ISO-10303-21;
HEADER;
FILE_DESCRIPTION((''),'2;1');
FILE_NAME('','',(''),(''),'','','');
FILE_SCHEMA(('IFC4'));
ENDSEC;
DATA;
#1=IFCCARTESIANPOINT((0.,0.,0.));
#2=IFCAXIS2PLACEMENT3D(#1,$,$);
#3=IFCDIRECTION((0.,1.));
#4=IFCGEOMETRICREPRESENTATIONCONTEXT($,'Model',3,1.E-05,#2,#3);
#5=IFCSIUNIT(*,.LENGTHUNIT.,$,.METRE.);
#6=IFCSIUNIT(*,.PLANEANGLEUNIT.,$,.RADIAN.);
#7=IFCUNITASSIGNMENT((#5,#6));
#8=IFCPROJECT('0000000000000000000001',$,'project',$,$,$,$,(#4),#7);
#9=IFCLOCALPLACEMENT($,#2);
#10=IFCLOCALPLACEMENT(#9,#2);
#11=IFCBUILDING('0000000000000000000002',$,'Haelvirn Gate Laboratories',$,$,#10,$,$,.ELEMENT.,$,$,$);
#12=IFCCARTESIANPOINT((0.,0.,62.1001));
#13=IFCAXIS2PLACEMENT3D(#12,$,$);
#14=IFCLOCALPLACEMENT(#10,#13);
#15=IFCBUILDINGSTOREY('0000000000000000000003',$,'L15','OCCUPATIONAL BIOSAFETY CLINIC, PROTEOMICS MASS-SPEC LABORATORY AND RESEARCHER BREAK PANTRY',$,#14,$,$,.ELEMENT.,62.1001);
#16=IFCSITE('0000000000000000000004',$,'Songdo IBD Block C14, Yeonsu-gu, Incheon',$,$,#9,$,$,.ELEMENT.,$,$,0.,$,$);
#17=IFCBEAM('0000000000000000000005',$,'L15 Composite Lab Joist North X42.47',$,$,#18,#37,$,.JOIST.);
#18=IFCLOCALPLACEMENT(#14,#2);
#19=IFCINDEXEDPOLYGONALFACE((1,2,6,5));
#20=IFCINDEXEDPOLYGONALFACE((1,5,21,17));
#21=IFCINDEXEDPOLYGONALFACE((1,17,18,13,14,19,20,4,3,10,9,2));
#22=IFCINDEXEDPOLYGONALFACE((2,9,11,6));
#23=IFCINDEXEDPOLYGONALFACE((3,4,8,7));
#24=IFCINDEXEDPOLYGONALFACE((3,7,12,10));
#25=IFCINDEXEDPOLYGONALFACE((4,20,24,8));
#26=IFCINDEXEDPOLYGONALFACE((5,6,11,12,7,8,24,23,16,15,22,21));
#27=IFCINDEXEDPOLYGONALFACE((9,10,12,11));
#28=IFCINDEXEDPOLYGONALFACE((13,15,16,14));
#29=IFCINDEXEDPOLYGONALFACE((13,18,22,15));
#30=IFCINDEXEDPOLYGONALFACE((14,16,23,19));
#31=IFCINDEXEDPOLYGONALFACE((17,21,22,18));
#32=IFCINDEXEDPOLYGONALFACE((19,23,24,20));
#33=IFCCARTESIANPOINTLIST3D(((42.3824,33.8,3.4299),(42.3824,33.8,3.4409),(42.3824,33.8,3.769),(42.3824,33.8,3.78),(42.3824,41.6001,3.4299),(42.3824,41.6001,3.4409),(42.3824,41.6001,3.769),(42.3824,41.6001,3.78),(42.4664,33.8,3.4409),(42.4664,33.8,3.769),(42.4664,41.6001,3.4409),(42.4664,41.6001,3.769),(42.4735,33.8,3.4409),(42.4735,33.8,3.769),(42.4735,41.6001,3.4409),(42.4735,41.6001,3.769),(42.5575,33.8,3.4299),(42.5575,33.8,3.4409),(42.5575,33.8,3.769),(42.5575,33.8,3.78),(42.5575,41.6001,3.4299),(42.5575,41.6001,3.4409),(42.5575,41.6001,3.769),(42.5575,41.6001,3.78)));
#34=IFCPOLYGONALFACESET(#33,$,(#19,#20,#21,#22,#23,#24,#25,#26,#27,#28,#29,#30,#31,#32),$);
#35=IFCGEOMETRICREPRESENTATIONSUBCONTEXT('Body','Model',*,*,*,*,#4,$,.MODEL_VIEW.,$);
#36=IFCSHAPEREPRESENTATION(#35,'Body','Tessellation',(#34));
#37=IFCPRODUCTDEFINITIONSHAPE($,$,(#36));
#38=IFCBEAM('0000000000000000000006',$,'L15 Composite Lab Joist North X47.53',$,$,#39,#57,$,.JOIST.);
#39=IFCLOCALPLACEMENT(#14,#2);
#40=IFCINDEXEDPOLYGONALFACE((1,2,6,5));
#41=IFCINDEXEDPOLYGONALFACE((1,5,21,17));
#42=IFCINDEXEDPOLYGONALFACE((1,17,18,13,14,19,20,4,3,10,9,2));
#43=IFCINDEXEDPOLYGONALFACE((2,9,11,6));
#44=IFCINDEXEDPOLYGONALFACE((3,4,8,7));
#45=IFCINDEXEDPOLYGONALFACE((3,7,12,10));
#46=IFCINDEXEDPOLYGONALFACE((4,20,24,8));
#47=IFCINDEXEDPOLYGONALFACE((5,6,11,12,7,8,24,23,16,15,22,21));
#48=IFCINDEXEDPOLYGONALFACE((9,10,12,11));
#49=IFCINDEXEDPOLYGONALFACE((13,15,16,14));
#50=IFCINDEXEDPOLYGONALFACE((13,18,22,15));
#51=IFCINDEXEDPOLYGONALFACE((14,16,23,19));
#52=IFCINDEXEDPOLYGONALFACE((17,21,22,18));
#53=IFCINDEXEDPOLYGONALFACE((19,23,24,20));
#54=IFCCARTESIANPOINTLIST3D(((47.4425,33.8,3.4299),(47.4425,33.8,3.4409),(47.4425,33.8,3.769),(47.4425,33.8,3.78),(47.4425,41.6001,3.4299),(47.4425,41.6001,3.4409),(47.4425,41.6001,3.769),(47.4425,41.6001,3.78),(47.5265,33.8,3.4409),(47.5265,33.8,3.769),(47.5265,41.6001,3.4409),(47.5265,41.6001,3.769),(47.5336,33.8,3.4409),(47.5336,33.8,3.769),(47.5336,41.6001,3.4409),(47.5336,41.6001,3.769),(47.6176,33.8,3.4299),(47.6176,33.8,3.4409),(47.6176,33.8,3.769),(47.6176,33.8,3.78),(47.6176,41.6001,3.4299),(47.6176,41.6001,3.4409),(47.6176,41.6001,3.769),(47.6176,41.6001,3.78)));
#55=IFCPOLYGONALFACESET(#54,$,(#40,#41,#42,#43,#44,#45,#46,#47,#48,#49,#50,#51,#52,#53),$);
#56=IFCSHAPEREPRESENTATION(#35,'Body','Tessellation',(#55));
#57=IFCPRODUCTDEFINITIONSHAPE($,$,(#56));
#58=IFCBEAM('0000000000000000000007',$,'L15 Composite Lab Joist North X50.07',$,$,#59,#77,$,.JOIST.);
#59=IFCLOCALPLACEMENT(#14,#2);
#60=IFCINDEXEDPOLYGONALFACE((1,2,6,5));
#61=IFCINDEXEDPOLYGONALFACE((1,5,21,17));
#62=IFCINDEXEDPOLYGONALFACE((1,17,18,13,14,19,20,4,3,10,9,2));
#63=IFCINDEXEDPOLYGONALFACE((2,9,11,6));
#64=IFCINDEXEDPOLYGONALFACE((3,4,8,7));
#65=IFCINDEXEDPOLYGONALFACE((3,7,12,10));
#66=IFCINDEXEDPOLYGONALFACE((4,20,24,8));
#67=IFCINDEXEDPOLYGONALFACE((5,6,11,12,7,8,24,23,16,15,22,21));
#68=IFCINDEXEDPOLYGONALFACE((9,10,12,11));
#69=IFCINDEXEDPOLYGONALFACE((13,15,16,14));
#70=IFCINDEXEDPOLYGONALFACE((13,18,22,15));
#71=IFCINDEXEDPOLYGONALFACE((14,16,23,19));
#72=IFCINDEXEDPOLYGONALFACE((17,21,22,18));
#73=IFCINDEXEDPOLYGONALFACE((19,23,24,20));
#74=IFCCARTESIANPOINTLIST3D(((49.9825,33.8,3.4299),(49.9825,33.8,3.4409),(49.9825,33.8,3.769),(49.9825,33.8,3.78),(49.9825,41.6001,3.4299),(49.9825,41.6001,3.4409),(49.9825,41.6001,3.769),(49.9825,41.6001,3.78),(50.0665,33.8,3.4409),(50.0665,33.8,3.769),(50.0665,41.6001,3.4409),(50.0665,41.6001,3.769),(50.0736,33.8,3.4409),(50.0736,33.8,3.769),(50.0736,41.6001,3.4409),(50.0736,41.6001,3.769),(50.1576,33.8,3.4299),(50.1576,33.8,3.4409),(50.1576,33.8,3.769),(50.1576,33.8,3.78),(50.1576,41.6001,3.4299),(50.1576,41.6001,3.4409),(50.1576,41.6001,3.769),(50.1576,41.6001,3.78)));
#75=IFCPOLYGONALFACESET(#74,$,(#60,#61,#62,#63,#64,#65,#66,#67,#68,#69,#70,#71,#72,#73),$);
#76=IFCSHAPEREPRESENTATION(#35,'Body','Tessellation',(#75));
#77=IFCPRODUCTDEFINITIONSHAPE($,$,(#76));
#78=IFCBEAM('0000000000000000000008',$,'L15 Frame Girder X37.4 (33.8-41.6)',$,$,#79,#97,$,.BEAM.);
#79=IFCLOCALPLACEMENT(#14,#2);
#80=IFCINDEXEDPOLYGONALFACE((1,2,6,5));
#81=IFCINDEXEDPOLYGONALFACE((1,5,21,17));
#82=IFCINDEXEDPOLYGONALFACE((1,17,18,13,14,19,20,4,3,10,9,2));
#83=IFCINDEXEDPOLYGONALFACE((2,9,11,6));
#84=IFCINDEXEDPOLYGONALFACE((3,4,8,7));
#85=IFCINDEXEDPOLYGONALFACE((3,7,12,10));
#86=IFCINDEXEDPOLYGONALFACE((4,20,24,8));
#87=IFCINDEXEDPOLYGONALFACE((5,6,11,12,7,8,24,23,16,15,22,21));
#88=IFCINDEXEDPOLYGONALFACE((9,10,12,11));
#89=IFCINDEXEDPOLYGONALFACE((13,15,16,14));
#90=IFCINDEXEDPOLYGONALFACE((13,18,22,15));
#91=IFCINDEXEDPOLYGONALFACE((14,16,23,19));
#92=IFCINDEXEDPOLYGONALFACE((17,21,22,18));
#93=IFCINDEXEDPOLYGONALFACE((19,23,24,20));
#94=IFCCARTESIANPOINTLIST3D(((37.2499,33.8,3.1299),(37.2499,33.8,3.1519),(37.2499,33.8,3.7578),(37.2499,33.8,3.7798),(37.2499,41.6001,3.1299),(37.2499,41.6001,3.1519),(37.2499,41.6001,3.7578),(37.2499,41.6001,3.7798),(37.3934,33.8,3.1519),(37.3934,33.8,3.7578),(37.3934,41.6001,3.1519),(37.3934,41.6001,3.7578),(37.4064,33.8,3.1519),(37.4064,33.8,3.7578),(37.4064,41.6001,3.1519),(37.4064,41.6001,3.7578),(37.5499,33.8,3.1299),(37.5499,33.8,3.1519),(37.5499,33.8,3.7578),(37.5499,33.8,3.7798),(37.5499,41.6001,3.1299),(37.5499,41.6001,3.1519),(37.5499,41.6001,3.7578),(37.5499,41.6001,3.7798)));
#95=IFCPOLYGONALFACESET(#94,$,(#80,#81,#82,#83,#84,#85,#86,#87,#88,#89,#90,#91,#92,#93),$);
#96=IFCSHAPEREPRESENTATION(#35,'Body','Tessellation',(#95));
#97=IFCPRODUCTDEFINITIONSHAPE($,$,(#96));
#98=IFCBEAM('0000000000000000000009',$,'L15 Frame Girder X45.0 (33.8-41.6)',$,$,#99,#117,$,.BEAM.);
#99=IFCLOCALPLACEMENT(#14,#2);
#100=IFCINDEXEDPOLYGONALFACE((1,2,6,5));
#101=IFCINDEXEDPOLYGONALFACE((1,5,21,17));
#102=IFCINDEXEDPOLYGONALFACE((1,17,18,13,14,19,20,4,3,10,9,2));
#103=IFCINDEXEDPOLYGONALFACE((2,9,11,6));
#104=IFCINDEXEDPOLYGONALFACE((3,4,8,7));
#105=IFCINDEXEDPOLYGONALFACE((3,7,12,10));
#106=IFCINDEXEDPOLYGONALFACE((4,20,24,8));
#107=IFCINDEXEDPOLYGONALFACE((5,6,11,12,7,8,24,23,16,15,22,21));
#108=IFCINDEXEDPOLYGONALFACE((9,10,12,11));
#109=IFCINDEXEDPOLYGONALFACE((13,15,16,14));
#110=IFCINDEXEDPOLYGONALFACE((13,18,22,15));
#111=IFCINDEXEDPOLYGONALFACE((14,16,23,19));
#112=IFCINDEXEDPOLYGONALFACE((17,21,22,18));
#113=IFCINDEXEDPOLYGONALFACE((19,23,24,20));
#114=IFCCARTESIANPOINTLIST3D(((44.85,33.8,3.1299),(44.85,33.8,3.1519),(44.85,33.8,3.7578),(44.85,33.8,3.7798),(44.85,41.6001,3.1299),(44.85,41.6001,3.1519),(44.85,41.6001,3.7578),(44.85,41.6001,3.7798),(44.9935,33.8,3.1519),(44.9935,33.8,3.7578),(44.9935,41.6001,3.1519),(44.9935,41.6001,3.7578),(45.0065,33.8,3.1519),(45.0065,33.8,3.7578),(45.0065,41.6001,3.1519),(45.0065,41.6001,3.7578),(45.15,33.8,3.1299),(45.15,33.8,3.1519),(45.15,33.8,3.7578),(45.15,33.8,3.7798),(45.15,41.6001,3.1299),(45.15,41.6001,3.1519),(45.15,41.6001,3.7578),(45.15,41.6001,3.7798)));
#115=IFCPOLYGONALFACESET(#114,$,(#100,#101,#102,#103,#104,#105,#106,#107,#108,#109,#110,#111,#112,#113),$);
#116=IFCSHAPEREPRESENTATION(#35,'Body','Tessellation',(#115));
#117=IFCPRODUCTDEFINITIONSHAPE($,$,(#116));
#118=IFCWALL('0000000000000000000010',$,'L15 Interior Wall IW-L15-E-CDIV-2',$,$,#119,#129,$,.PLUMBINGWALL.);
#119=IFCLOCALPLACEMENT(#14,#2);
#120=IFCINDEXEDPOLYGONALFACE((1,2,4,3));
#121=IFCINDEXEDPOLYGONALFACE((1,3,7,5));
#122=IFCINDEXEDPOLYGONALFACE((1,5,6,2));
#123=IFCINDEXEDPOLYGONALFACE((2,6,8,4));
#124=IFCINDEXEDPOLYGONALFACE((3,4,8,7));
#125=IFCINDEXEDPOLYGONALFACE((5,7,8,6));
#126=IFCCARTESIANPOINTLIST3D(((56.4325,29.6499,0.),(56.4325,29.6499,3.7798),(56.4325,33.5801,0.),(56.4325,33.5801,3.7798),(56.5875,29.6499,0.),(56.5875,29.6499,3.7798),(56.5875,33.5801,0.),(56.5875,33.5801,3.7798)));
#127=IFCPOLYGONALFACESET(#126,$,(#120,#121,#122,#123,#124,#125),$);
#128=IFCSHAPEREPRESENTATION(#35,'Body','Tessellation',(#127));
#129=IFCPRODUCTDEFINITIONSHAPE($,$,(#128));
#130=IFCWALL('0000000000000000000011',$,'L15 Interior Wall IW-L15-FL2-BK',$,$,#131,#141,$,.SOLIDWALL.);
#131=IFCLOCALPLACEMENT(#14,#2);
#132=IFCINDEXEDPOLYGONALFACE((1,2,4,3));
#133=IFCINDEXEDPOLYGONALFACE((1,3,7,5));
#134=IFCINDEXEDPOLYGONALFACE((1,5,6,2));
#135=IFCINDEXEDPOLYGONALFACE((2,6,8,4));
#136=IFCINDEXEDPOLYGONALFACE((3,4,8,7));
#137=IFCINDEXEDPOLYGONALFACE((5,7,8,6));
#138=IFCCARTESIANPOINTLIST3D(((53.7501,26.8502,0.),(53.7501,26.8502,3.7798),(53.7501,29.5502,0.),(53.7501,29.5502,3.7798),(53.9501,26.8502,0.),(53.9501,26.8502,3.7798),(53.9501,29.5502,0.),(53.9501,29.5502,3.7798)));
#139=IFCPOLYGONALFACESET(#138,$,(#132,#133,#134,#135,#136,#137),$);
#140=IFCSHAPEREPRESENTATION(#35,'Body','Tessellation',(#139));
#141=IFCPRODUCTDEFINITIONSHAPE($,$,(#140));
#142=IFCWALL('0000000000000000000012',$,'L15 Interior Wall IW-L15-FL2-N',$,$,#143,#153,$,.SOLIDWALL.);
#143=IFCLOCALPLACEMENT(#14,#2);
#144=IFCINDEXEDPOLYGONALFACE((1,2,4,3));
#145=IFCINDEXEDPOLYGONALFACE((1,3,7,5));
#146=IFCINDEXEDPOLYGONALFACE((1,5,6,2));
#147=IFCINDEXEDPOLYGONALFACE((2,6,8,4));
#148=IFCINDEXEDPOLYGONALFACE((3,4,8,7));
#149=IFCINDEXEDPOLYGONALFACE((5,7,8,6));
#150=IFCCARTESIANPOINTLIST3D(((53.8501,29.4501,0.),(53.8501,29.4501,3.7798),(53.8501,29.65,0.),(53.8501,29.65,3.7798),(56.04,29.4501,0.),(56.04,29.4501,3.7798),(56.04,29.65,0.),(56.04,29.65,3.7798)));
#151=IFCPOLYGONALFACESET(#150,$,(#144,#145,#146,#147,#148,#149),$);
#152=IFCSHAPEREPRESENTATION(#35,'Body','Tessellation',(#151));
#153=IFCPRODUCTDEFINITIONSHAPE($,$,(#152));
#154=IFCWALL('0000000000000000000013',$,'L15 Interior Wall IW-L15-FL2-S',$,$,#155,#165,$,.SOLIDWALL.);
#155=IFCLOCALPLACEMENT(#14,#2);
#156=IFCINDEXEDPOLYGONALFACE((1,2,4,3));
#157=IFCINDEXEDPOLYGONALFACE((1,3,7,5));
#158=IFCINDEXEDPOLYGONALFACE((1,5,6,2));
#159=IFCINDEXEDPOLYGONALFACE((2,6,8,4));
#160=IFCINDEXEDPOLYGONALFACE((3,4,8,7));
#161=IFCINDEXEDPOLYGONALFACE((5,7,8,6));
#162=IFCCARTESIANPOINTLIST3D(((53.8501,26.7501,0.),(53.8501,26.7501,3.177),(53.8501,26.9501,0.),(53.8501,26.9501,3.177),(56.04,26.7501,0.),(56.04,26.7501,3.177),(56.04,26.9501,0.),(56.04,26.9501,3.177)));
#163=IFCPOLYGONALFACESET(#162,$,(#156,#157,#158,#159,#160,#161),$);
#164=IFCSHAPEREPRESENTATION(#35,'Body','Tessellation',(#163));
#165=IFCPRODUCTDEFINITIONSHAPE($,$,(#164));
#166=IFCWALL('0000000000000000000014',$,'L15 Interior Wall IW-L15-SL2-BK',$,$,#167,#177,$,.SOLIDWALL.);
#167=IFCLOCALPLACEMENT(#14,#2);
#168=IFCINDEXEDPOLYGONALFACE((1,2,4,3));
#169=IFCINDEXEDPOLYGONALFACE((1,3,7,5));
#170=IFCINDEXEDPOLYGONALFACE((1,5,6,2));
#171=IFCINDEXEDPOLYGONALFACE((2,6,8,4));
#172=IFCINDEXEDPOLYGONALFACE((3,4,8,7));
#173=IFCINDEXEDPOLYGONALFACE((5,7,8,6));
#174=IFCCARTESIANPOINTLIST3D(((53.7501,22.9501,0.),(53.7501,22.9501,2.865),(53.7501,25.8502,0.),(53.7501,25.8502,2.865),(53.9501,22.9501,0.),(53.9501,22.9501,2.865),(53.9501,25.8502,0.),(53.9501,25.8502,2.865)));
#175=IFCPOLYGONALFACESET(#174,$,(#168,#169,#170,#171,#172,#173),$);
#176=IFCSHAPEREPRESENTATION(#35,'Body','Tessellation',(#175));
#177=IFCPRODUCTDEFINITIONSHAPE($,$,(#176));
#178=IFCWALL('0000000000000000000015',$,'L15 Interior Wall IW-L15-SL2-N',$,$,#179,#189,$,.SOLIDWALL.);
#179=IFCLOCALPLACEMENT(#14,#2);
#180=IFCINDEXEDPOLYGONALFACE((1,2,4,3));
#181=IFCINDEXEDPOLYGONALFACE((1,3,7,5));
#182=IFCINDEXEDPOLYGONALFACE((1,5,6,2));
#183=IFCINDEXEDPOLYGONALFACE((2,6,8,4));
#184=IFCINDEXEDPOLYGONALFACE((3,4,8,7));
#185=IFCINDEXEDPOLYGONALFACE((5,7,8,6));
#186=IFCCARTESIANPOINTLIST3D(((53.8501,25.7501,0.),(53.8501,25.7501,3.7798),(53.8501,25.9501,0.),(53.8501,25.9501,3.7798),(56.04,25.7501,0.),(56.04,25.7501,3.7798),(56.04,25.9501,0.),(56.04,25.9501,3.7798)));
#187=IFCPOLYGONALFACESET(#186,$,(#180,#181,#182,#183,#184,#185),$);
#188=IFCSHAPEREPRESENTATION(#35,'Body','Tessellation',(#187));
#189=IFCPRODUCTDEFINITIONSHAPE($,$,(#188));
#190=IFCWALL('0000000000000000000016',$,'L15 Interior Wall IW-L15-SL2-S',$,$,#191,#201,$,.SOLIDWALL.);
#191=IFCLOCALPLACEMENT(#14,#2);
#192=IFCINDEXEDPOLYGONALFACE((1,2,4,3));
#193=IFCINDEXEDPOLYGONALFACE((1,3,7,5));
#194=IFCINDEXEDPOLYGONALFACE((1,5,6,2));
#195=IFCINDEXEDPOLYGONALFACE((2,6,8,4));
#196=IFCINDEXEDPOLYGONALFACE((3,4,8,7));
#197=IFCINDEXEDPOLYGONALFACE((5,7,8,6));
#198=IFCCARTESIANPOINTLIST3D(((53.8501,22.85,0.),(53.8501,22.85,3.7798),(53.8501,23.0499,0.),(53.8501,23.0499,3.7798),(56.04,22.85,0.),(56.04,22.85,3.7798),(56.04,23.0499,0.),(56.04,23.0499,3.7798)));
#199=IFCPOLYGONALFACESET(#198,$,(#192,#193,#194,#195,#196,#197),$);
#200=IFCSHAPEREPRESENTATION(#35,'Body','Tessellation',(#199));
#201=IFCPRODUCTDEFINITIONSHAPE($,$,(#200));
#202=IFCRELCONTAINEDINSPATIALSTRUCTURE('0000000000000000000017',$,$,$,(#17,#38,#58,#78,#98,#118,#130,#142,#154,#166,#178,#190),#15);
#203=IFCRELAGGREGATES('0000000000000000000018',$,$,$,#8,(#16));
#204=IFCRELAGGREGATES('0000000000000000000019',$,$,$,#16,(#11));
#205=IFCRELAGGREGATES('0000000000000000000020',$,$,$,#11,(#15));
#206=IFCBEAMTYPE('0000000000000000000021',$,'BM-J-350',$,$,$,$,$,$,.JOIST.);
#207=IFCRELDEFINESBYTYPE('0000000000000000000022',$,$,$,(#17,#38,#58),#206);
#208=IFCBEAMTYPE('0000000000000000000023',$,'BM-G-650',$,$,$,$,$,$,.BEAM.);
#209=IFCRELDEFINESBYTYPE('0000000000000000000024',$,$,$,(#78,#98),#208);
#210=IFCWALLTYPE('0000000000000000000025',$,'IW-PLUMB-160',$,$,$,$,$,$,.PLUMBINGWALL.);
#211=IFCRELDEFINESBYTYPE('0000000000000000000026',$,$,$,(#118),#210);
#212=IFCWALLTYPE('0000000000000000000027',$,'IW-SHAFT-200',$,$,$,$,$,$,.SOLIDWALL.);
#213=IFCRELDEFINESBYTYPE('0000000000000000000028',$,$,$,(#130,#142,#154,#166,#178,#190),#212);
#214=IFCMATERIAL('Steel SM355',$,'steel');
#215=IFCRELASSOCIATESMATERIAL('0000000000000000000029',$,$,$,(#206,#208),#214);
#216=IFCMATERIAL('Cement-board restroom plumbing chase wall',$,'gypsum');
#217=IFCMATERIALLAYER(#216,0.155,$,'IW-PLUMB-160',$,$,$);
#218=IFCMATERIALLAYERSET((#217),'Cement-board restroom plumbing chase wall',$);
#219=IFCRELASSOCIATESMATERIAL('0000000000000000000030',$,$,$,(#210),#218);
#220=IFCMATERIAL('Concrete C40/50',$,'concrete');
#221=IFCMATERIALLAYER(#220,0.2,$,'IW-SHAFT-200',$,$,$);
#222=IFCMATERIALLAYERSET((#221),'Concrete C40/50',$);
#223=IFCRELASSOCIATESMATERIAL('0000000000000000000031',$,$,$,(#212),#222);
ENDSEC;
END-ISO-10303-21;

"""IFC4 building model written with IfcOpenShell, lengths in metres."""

from ifc_helpers import new_model, si_unit, direction, frame, frame_2d, origin, origin_2d, place, context, subcontext, project, spatial, rectangle, i_section, extrude, source, transform, mapped, material, layer, layer_set, material_profile, profile_set, type_object, type_shapes, element, save


model = new_model("IFC4")

# Units and contexts
model_context = context("Model", 3, precision=1e-05, world=origin(), true_north=direction((0.0, 1.0)))
body_context = subcontext(model_context, "Body", "Model", "MODEL_VIEW")
ifc_project = project(units=[si_unit("LENGTHUNIT", "METRE"), si_unit("PLANEANGLEUNIT", "RADIAN")], contexts=[model_context])

# Site, building, storey
site_placement = place(None, origin())
site = spatial("IfcSite", under=ifc_project, at=site_placement, Name="Songdo IBD Block C14, Yeonsu-gu, Incheon", CompositionType="ELEMENT", RefElevation=0.0)
building_placement = place(site_placement, origin())
building = spatial("IfcBuilding", under=site, at=building_placement, Name="Haelvirn Gate Laboratories", CompositionType="ELEMENT")
storey_placement = place(building_placement, frame((0.0, 0.0, 62.1001)))
storey = spatial("IfcBuildingStorey", under=building, at=storey_placement, Name="L15", Description="OCCUPATIONAL BIOSAFETY CLINIC, PROTEOMICS MASS-SPEC LABORATORY AND RESEARCHER BREAK PANTRY", CompositionType="ELEMENT", Elevation=62.1001)

# Beams
ifc_material_1 = material(Name="Steel SM355", Category="steel")
ifc_material_profile_1 = material_profile(ifc_material_1, i_section(OverallWidth=0.175, OverallDepth=0.3501, WebThickness=0.0071, FlangeThickness=0.011, at=origin_2d()), Name="H-350x175x7x11")
ifc_profile_set_1 = profile_set([ifc_material_profile_1], Name="Steel SM355")
beam_type_1 = type_object("IfcBeamType", Name="BM-J-350", PredefinedType="JOIST", material=ifc_profile_set_1)
shared_shape_1 = source(origin(), body_context, "Body", "SweptSolid", [
    extrude(i_section(OverallWidth=0.175, OverallDepth=0.3501, WebThickness=0.0071, FlangeThickness=0.011, at=origin_2d()), origin(), (0.0, 0.0, 1.0), 7.8),
])
type_shapes(beam_type_1, [shared_shape_1])
for number, where, z_axis, x_axis, name in (
    (1, (42.47, 33.8, 3.605), (0.0, 1.0, 0.0), (-1.0, 0.0, 0.0), "L15 Composite Lab Joist North X42.47"),
    (2, (47.53, 33.8, 3.605), (0.0, 1.0, 0.0), (-1.0, 0.0, 0.0), "L15 Composite Lab Joist North X47.53"),
    (3, (50.0701, 33.8, 3.605), (0.0, 1.0, 0.0), (-1.0, 0.0, 0.0), "L15 Composite Lab Joist North X50.07"),
):
    element("IfcBeam", number, at=place(storey_placement, frame(where, z_axis=z_axis, x_axis=x_axis)), inside=storey, type_object=beam_type_1, Name=name, PredefinedType="JOIST", context=body_context, shape_type="MappedRepresentation", body=[
        mapped(shared_shape_1, transform((0.0, 0.0, 0.0), scale=1.0)),
    ])
ifc_material_profile_2 = material_profile(ifc_material_1, i_section(OverallWidth=0.3, OverallDepth=0.6499, WebThickness=0.0129, FlangeThickness=0.022, at=origin_2d()), Name="H-650x300x13x22")
ifc_profile_set_2 = profile_set([ifc_material_profile_2], Name="Steel SM355")
beam_type_2 = type_object("IfcBeamType", Name="BM-G-650", PredefinedType="BEAM", material=ifc_profile_set_2)
shared_shape_2 = source(origin(), body_context, "Body", "SweptSolid", [
    extrude(i_section(OverallWidth=0.3, OverallDepth=0.6499, WebThickness=0.0129, FlangeThickness=0.022, at=origin_2d()), origin(), (0.0, 0.0, 1.0), 7.8),
])
type_shapes(beam_type_2, [shared_shape_2])
for number, where, z_axis, x_axis, name in (
    (4, (37.3999, 33.8, 3.4548), (0.0, 1.0, 0.0), (-1.0, 0.0, 0.0), "L15 Frame Girder X37.4 (33.8-41.6)"),
    (5, (45.0, 33.8, 3.4548), (0.0, 1.0, 0.0), (-1.0, 0.0, 0.0), "L15 Frame Girder X45.0 (33.8-41.6)"),
):
    element("IfcBeam", number, at=place(storey_placement, frame(where, z_axis=z_axis, x_axis=x_axis)), inside=storey, type_object=beam_type_2, Name=name, PredefinedType="BEAM", context=body_context, shape_type="MappedRepresentation", body=[
        mapped(shared_shape_2, transform((0.0, 0.0, 0.0), scale=1.0)),
    ])

# Walls
ifc_material_2 = material(Name="Cement-board restroom plumbing chase wall", Category="gypsum")
ifc_layer_1 = layer(ifc_material_2, 0.155, Name="IW-PLUMB-160")
ifc_layer_set_1 = layer_set([ifc_layer_1], Name="Cement-board restroom plumbing chase wall")
wall_type_1 = type_object("IfcWallType", Name="IW-PLUMB-160", PredefinedType="PLUMBINGWALL", material=ifc_layer_set_1)
wall_1_placement = place(storey_placement, frame((56.51, 29.6499, 0.0), z_axis=(0.0, 0.0, 1.0), x_axis=(0.0, 1.0, 0.0)))
element("IfcWall", 6, at=wall_1_placement, inside=storey, type_object=wall_type_1, Name="L15 Interior Wall IW-L15-E-CDIV-2", PredefinedType="PLUMBINGWALL", context=body_context, shape_type="SweptSolid", body=[
    extrude(rectangle(XDim=3.9302, YDim=0.155, at=frame_2d((1.9651, 0.0))), origin(), (0.0, 0.0, 1.0), 3.7798),
])
ifc_material_3 = material(Name="Concrete C40/50", Category="concrete")
ifc_layer_2 = layer(ifc_material_3, 0.2, Name="IW-SHAFT-200")
ifc_layer_set_2 = layer_set([ifc_layer_2], Name="Concrete C40/50")
wall_type_2 = type_object("IfcWallType", Name="IW-SHAFT-200", PredefinedType="SOLIDWALL", material=ifc_layer_set_2)
wall_2_placement = place(storey_placement, frame((53.8501, 26.8501, 0.0), z_axis=(0.0, 0.0, 1.0), x_axis=(0.0, 1.0, 0.0)))
element("IfcWall", 7, at=wall_2_placement, inside=storey, type_object=wall_type_2, Name="L15 Interior Wall IW-L15-FL2-BK", PredefinedType="SOLIDWALL", context=body_context, shape_type="SweptSolid", body=[
    extrude(rectangle(XDim=2.7, YDim=0.2, at=frame_2d((1.3501, 0.0))), origin(), (0.0, 0.0, 1.0), 3.7798),
])
wall_3_placement = place(storey_placement, frame((53.8501, 29.55, 0.0), z_axis=(0.0, 0.0, 1.0), x_axis=(1.0, 0.0, 0.0)))
element("IfcWall", 8, at=wall_3_placement, inside=storey, type_object=wall_type_2, Name="L15 Interior Wall IW-L15-FL2-N", PredefinedType="SOLIDWALL", context=body_context, shape_type="SweptSolid", body=[
    extrude(rectangle(XDim=2.1899, YDim=0.2, at=frame_2d((1.095, 0.0))), origin(), (0.0, 0.0, 1.0), 3.7798),
])
wall_4_placement = place(storey_placement, frame((53.8501, 26.8501, 0.0), z_axis=(0.0, 0.0, 1.0), x_axis=(1.0, 0.0, 0.0)))
element("IfcWall", 9, at=wall_4_placement, inside=storey, type_object=wall_type_2, Name="L15 Interior Wall IW-L15-FL2-S", PredefinedType="SOLIDWALL", context=body_context, shape_type="SweptSolid", body=[
    extrude(rectangle(XDim=2.1899, YDim=0.2, at=frame_2d((1.095, 0.0))), origin(), (0.0, 0.0, 1.0), 3.177),
])
wall_5_placement = place(storey_placement, frame((53.8501, 22.95, 0.0), z_axis=(0.0, 0.0, 1.0), x_axis=(0.0, 1.0, 0.0)))
element("IfcWall", 10, at=wall_5_placement, inside=storey, type_object=wall_type_2, Name="L15 Interior Wall IW-L15-SL2-BK", PredefinedType="SOLIDWALL", context=body_context, shape_type="SweptSolid", body=[
    extrude(rectangle(XDim=2.9001, YDim=0.2, at=frame_2d((1.4502, 0.0))), origin(), (0.0, 0.0, 1.0), 2.865),
])
for number, where, z_axis, x_axis, name in (
    (11, (53.8501, 25.8501, 0.0), (0.0, 0.0, 1.0), (1.0, 0.0, 0.0), "L15 Interior Wall IW-L15-SL2-N"),
    (12, (53.8501, 22.95, 0.0), (0.0, 0.0, 1.0), (1.0, 0.0, 0.0), "L15 Interior Wall IW-L15-SL2-S"),
):
    element("IfcWall", number, at=place(storey_placement, frame(where, z_axis=z_axis, x_axis=x_axis)), inside=storey, type_object=wall_type_2, Name=name, PredefinedType="SOLIDWALL", context=body_context, shape_type="SweptSolid", body=[
        extrude(rectangle(XDim=2.1899, YDim=0.2, at=frame_2d((1.095, 0.0))), origin(), (0.0, 0.0, 1.0), 3.7798),
    ])

save(model, "model.ifc")
